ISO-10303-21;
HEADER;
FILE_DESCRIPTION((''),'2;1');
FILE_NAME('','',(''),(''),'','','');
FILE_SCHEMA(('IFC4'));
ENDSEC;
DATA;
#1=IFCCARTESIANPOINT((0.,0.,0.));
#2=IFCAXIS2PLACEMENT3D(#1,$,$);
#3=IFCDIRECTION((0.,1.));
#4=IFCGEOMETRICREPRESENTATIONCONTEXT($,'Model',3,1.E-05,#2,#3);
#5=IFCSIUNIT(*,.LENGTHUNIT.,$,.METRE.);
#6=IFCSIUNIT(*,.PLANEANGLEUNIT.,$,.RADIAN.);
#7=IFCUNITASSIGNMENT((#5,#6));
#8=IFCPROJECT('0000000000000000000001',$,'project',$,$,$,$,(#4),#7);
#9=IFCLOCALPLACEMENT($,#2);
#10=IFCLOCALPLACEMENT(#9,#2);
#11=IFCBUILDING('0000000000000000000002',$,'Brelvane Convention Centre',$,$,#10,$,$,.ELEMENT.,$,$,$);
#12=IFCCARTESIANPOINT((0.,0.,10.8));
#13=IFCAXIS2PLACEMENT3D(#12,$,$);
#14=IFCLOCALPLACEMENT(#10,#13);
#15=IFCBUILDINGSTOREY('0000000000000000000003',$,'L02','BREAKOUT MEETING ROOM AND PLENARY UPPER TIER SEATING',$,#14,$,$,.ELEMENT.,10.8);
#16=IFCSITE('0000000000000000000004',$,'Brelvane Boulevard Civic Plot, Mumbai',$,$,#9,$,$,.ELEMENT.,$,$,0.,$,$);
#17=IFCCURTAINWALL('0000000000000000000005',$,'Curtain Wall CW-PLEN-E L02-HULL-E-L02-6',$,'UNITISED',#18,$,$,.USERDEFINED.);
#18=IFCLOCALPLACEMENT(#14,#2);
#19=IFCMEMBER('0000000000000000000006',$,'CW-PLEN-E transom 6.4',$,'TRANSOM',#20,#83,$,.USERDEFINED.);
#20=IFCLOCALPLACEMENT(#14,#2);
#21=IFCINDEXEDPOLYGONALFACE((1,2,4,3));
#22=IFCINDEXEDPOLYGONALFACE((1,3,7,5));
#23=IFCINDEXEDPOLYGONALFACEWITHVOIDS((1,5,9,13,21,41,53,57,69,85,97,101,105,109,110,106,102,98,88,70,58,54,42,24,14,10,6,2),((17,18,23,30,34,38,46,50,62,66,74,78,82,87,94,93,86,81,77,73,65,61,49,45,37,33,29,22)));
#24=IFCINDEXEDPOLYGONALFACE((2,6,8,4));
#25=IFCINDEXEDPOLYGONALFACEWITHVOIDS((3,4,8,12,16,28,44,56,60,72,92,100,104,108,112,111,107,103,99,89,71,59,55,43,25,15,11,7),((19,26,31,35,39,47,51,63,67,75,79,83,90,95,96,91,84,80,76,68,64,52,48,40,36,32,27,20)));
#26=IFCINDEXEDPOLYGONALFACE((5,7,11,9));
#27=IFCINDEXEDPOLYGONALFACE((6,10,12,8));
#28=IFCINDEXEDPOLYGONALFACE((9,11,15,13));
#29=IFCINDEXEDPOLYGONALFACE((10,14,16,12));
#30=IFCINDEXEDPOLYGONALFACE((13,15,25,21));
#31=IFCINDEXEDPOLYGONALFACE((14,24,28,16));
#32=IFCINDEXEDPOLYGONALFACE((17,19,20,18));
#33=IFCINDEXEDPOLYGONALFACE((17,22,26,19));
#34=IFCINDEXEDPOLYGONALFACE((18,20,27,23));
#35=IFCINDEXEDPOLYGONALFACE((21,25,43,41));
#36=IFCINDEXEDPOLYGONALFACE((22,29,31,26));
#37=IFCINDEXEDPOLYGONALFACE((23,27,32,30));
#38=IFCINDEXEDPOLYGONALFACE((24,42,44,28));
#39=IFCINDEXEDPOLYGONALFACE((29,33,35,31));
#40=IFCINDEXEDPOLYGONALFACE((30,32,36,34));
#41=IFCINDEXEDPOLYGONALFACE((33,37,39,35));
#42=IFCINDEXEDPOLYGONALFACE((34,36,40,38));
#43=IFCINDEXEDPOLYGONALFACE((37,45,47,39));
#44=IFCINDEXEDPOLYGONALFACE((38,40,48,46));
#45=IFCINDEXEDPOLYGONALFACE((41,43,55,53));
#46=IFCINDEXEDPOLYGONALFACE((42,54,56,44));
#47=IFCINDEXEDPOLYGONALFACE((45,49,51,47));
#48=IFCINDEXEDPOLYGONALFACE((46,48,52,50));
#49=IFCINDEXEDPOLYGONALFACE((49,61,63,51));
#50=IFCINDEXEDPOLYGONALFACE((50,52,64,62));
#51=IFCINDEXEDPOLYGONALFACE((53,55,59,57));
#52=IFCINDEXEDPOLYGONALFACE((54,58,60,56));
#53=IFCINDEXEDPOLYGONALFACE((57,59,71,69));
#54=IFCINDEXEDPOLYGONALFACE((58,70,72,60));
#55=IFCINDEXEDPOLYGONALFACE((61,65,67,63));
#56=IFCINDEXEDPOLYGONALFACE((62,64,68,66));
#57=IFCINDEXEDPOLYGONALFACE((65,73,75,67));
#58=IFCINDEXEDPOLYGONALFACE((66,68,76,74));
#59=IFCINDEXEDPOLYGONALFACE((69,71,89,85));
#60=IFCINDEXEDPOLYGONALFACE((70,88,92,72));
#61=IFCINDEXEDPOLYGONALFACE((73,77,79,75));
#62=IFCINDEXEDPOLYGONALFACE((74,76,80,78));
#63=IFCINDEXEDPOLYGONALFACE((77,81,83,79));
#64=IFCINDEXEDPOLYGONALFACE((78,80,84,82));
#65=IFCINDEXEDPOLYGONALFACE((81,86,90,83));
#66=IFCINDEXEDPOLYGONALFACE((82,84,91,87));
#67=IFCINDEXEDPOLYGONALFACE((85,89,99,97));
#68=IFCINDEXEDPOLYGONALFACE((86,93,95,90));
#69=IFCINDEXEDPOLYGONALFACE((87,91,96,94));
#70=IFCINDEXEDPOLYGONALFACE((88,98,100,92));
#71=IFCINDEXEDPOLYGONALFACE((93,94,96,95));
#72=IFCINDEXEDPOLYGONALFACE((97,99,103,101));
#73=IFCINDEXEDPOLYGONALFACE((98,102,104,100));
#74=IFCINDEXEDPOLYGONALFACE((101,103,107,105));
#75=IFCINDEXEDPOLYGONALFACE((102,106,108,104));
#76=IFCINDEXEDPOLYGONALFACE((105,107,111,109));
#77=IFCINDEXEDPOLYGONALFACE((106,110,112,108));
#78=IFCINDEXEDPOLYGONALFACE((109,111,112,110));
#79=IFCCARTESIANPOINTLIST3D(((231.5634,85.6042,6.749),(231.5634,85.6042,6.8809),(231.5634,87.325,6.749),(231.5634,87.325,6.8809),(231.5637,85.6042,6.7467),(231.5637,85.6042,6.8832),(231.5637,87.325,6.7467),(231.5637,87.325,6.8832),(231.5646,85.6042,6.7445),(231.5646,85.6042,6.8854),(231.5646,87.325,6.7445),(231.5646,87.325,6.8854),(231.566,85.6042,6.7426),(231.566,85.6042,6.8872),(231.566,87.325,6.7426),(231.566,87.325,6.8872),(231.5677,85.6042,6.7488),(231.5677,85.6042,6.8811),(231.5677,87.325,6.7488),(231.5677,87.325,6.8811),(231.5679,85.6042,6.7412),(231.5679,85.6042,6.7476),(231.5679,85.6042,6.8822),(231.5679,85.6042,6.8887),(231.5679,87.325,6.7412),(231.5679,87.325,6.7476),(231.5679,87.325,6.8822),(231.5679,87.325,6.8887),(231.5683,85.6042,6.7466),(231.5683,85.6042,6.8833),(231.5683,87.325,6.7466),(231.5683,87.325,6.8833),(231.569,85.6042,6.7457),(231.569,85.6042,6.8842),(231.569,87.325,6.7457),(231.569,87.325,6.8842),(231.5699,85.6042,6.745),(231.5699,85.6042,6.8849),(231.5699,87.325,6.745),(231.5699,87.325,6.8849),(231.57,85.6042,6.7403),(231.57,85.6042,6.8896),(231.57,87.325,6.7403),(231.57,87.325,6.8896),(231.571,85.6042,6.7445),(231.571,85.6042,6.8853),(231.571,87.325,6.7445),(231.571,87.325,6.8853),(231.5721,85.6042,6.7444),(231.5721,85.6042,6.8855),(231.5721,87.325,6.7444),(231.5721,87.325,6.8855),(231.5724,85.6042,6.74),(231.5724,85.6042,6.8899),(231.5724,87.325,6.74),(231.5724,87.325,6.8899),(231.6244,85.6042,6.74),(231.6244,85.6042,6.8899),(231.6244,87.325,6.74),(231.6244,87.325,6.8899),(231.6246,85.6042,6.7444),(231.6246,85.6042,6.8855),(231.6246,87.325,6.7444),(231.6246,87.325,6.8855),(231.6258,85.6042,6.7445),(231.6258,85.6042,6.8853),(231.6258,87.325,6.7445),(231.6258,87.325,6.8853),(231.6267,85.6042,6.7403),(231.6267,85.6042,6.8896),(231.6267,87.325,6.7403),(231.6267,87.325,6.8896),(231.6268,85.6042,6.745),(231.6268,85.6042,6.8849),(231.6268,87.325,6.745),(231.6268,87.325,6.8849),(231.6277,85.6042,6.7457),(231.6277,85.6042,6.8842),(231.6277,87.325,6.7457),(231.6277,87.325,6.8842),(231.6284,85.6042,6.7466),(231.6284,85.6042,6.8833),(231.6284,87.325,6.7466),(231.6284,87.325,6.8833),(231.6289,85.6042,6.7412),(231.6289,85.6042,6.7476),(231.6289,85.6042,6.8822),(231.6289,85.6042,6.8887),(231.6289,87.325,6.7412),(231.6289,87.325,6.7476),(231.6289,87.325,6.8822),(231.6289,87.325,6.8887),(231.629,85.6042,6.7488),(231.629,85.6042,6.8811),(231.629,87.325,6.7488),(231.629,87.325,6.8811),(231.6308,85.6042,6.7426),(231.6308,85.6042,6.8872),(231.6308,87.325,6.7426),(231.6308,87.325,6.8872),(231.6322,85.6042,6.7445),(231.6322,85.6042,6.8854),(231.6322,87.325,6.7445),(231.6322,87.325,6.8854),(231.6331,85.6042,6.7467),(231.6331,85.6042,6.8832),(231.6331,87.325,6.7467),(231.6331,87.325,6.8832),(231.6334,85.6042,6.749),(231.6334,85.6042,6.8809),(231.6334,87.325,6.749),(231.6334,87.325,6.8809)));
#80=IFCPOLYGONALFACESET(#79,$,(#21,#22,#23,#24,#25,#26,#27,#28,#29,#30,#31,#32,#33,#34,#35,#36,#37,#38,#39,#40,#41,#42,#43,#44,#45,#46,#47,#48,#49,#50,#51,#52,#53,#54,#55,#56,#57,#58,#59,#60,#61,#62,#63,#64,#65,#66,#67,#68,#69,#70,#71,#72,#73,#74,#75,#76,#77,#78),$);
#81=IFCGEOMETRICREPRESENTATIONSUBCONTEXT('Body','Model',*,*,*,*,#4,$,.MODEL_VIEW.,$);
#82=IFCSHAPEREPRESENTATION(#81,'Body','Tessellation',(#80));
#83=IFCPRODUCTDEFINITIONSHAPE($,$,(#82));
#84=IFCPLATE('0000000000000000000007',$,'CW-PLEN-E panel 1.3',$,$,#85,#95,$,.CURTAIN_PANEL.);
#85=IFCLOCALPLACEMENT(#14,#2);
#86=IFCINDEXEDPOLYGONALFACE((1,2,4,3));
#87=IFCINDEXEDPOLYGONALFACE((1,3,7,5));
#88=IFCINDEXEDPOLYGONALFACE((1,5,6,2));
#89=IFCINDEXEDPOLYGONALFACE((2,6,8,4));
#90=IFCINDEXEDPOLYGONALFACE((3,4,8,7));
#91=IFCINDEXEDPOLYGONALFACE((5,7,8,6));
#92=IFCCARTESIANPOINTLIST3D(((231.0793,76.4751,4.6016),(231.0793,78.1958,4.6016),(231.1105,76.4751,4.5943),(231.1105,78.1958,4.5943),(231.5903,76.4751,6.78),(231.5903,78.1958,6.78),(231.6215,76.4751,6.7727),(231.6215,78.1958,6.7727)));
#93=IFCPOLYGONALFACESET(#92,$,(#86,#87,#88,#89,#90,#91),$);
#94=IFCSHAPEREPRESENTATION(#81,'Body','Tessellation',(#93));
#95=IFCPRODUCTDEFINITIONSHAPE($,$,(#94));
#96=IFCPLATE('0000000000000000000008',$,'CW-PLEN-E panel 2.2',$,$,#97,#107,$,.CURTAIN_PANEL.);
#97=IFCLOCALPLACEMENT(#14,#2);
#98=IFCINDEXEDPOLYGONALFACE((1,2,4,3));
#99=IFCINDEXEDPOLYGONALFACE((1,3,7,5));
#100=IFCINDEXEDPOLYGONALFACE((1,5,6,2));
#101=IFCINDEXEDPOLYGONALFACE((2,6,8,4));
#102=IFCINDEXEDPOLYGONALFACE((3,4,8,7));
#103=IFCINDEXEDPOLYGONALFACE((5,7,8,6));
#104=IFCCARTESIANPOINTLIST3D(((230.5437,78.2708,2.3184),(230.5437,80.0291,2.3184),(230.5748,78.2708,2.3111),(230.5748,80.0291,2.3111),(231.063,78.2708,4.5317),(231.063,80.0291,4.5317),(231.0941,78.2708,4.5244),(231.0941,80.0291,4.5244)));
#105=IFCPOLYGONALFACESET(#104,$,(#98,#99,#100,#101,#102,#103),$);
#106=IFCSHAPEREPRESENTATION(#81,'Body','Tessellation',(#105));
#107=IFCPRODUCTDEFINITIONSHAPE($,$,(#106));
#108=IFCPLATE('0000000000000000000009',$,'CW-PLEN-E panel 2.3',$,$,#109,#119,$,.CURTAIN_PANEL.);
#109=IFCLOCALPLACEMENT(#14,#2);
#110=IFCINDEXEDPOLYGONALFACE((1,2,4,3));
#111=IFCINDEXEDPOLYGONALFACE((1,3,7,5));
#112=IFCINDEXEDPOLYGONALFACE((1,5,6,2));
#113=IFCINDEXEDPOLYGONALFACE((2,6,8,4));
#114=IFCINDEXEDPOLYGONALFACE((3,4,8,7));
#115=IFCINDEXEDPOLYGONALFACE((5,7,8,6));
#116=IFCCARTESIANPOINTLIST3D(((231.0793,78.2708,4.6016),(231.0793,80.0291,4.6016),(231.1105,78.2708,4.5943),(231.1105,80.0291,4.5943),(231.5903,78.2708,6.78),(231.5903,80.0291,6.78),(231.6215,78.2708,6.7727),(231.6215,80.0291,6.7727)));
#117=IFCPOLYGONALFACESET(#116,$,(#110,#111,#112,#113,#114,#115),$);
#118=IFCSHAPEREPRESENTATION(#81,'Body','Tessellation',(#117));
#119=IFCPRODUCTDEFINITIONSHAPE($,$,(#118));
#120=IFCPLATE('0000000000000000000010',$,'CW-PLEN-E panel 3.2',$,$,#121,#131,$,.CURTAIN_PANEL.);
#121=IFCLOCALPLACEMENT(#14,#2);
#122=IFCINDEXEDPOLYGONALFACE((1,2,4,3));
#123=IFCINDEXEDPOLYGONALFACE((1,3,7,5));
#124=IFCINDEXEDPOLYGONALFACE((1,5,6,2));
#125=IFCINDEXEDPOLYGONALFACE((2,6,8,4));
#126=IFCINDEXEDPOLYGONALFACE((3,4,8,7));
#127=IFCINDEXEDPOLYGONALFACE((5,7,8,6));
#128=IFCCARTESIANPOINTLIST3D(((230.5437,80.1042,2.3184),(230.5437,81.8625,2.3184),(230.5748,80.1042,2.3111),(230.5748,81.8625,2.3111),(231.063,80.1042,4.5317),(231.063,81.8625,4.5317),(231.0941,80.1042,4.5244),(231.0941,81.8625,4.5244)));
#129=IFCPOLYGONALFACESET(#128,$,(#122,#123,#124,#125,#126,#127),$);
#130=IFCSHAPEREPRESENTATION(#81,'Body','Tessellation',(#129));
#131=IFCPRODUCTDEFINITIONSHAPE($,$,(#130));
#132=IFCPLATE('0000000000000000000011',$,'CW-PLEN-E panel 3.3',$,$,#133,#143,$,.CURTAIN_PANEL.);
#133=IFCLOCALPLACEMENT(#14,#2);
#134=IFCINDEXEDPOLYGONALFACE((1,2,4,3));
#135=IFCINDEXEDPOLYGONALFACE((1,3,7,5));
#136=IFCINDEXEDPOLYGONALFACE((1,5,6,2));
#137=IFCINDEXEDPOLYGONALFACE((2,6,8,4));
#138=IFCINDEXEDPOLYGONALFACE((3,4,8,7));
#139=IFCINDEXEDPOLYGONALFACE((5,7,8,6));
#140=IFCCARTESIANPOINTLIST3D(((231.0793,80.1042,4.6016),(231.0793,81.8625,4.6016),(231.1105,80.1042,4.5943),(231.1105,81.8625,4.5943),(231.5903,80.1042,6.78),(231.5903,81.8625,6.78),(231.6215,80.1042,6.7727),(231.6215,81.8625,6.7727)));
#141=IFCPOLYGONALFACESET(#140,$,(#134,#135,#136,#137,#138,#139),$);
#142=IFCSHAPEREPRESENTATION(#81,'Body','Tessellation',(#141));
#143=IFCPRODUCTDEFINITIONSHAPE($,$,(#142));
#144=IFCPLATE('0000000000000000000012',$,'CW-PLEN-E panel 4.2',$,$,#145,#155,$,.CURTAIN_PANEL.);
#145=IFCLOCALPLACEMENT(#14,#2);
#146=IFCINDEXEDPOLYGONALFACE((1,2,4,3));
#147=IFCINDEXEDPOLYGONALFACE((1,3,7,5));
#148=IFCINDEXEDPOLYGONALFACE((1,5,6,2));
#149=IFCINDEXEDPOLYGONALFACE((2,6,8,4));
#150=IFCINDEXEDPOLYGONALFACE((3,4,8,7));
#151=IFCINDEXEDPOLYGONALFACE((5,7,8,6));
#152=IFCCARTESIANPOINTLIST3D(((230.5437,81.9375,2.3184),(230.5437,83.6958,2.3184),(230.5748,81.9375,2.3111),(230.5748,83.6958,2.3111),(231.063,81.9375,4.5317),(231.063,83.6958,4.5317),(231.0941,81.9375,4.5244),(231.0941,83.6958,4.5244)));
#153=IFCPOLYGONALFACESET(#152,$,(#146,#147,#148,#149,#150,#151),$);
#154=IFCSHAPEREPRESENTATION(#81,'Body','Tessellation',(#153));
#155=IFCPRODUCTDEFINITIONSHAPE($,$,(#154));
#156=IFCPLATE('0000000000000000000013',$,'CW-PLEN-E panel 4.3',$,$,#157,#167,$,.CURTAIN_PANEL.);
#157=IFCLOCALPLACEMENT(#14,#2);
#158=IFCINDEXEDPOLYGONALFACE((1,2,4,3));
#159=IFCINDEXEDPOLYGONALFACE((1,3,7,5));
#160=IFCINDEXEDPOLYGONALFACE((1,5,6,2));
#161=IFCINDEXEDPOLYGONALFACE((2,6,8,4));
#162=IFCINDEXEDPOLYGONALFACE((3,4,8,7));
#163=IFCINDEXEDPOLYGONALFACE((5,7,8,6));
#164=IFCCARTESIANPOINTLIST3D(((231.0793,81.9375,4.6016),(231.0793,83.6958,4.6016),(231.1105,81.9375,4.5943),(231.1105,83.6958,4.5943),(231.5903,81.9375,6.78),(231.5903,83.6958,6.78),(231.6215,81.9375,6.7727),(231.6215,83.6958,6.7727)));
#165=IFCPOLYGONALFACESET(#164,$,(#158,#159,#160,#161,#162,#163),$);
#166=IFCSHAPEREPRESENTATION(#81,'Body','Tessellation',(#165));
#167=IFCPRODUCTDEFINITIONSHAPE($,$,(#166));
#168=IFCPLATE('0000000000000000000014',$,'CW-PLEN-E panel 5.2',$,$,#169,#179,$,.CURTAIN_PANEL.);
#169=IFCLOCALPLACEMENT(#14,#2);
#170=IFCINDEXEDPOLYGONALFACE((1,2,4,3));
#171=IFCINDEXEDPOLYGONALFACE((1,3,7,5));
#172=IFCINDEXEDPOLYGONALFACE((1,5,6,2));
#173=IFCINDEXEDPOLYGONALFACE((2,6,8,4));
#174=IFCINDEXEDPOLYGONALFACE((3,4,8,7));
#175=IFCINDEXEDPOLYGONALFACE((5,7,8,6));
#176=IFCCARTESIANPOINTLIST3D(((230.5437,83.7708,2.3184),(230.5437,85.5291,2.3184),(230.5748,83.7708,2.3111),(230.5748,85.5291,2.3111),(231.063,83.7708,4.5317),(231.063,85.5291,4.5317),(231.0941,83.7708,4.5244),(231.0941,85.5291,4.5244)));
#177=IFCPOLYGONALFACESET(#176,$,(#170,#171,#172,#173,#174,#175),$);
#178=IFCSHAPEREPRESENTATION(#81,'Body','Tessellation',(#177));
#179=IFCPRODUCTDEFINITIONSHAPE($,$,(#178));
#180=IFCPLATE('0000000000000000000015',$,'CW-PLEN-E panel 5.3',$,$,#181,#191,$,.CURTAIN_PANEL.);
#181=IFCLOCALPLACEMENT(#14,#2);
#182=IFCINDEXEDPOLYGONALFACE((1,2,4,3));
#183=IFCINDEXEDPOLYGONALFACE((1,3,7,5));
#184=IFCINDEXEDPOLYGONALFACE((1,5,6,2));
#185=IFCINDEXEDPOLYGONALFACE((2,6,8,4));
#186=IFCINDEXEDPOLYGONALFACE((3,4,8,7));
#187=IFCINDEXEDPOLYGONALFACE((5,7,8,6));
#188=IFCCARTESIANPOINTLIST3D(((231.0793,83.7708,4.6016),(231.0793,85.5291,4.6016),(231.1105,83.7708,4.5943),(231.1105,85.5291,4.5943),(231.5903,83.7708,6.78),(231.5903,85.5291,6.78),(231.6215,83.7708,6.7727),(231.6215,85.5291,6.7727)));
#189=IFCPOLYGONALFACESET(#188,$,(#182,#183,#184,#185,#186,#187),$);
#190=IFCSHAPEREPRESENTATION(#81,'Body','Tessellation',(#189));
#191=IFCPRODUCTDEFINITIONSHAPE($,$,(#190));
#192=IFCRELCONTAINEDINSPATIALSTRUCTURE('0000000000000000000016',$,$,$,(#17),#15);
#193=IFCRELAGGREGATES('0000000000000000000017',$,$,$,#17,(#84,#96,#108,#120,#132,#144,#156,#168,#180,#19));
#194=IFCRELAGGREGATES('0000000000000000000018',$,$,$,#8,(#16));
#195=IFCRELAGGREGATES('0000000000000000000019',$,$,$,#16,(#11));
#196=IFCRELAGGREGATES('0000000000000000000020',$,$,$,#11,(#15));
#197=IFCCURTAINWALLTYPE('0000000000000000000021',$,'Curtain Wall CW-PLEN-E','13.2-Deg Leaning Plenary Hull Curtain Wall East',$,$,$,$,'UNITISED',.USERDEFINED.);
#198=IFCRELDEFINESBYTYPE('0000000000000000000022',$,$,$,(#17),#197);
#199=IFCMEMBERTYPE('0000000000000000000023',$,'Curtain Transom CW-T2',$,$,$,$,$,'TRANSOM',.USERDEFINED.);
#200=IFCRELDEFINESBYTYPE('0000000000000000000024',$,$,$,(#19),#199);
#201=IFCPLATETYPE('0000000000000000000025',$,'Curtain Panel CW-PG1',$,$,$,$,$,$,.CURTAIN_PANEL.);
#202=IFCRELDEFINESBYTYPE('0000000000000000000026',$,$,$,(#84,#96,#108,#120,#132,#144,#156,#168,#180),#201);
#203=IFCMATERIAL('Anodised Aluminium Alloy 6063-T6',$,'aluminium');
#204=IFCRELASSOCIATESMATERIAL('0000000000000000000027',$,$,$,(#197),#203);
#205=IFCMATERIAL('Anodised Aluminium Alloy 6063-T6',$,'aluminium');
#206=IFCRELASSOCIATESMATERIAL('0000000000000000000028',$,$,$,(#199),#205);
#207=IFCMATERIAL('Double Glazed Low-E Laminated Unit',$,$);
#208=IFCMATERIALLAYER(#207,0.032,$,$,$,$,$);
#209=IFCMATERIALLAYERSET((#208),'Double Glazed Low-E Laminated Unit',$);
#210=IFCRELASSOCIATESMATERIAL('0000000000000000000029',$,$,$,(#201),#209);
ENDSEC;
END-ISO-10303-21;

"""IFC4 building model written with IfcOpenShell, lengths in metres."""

from ifc_helpers import new_model, si_unit, direction, frame, origin, origin_2d, place, context, subcontext, project, spatial, polyline, hollow_rectangle, outline, extrude, material, layer, layer_set, material_profile, profile_set, type_object, element, aggregate, save


model = new_model("IFC4")

# Units and contexts
model_context = context("Model", 3, precision=1e-05, world=origin(), true_north=direction((0.0, 1.0)))
body_context = subcontext(model_context, "Body", "Model", "MODEL_VIEW")
ifc_project = project(units=[si_unit("LENGTHUNIT", "METRE"), si_unit("PLANEANGLEUNIT", "RADIAN")], contexts=[model_context])

# Site, building, storey
site_placement = place(None, origin())
site = spatial("IfcSite", under=ifc_project, at=site_placement, Name="Brelvane Boulevard Civic Plot, Mumbai", CompositionType="ELEMENT", RefElevation=0.0)
building_placement = place(site_placement, origin())
building = spatial("IfcBuilding", under=site, at=building_placement, Name="Brelvane Convention Centre", CompositionType="ELEMENT")
storey_placement = place(building_placement, frame((0.0, 0.0, 10.8)))
storey = spatial("IfcBuildingStorey", under=building, at=storey_placement, Name="L02", Description="BREAKOUT MEETING ROOM AND PLENARY UPPER TIER SEATING", CompositionType="ELEMENT", Elevation=10.8)

# Curtain wall, member, plates
ifc_material_1 = material(Name="Anodised Aluminium Alloy 6063-T6", Category="aluminium")
curtain_wall_type = type_object("IfcCurtainWallType", Name="Curtain Wall CW-PLEN-E", Description="13.2-Deg Leaning Plenary Hull Curtain Wall East", ElementType="UNITISED", PredefinedType="USERDEFINED", material=ifc_material_1)
curtain_wall_placement = place(storey_placement, origin())
curtain_wall = element("IfcCurtainWall", 1, at=curtain_wall_placement, inside=storey, type_object=curtain_wall_type, Name="Curtain Wall CW-PLEN-E L02-HULL-E-L02-6", ObjectType="UNITISED", PredefinedType="USERDEFINED")
ifc_material_2 = material(Name="Anodised Aluminium Alloy 6063-T6", Category="aluminium")
ifc_material_profile = material_profile(ifc_material_2, hollow_rectangle(XDim=0.0701, YDim=0.1499, WallThickness=0.0044, InnerFilletRadius=0.0044, OuterFilletRadius=0.009, at=origin_2d()), Name="ALU-T 150x70x4.5")
ifc_profile_set = profile_set([ifc_material_profile], Name="Anodised Aluminium Alloy 6063-T6")
member_type = type_object("IfcMemberType", Name="Curtain Transom CW-T2", ElementType="TRANSOM", PredefinedType="USERDEFINED", material=ifc_profile_set)
member_1_placement = place(storey_placement, frame((231.5984, 85.6042, 6.8149), z_axis=(0.0, 1.0, 0.0), x_axis=(-1.0, 0.0, 0.0)))
member_1 = element("IfcMember", 2, at=member_1_placement, type_object=member_type, Name="CW-PLEN-E transom 6.4", ObjectType="TRANSOM", PredefinedType="USERDEFINED", context=body_context, shape_type="SweptSolid", body=[
    extrude(hollow_rectangle(XDim=0.0701, YDim=0.1499, WallThickness=0.0044, InnerFilletRadius=0.0044, OuterFilletRadius=0.009, at=origin_2d()), origin(), (0.0, 0.0, 1.0), 1.7207),
])
ifc_material_3 = material(Name="Double Glazed Low-E Laminated Unit")
ifc_layer_1 = layer(ifc_material_3, 0.032)
ifc_layer_set_1 = layer_set([ifc_layer_1], Name="Double Glazed Low-E Laminated Unit")
plate_type_1 = type_object("IfcPlateType", Name="Curtain Panel CW-PG1", PredefinedType="CURTAIN_PANEL", material=ifc_layer_set_1)
plate_1_placement = place(storey_placement, frame((231.0793, 76.4751, 4.6016), z_axis=(-0.973576, 0.0, 0.228364), x_axis=(0.0, 1.0, 0.0)))
plate_1 = element("IfcPlate", 3, at=plate_1_placement, type_object=plate_type_1, Name="CW-PLEN-E panel 1.3", PredefinedType="CURTAIN_PANEL", context=body_context, shape_type="SweptSolid", body=[
    extrude(outline(polyline([(0.0, 0.0), (1.7207, 0.0), (1.7207, -2.2376), (0.0, -2.2376), (0.0, 0.0)])), origin(), (0.0, 0.0, -1.0), 0.032),
])
plate_2_placement = place(storey_placement, frame((230.5437, 78.2708, 2.3184), z_axis=(-0.973565, 0.0, 0.228411), x_axis=(0.0, 1.0, 0.0)))
plate_2 = element("IfcPlate", 4, at=plate_2_placement, type_object=plate_type_1, Name="CW-PLEN-E panel 2.2", PredefinedType="CURTAIN_PANEL", context=body_context, shape_type="SweptSolid", body=[
    extrude(outline(polyline([(0.0, 0.0), (1.7583, 0.0), (1.7583, -2.2735), (0.0, -2.2735), (0.0, 0.0)])), origin(), (0.0, 0.0, -1.0), 0.032),
])
plate_3_placement = place(storey_placement, frame((231.0793, 78.2708, 4.6016), z_axis=(-0.973576, 0.0, 0.228364), x_axis=(0.0, 1.0, 0.0)))
plate_3 = element("IfcPlate", 5, at=plate_3_placement, type_object=plate_type_1, Name="CW-PLEN-E panel 2.3", PredefinedType="CURTAIN_PANEL", context=body_context, shape_type="SweptSolid", body=[
    extrude(outline(polyline([(0.0, 0.0), (1.7583, 0.0), (1.7583, -2.2376), (0.0, -2.2376), (0.0, 0.0)])), origin(), (0.0, 0.0, -1.0), 0.032),
])
plate_4_placement = place(storey_placement, frame((230.5437, 80.1042, 2.3184), z_axis=(-0.973565, 0.0, 0.228411), x_axis=(0.0, 1.0, 0.0)))
plate_4 = element("IfcPlate", 6, at=plate_4_placement, type_object=plate_type_1, Name="CW-PLEN-E panel 3.2", PredefinedType="CURTAIN_PANEL", context=body_context, shape_type="SweptSolid", body=[
    extrude(outline(polyline([(0.0, 0.0), (1.7583, 0.0), (1.7583, -2.2735), (0.0, -2.2735), (0.0, 0.0)])), origin(), (0.0, 0.0, -1.0), 0.032),
])
plate_5_placement = place(storey_placement, frame((231.0793, 80.1042, 4.6016), z_axis=(-0.973576, 0.0, 0.228364), x_axis=(0.0, 1.0, 0.0)))
plate_5 = element("IfcPlate", 7, at=plate_5_placement, type_object=plate_type_1, Name="CW-PLEN-E panel 3.3", PredefinedType="CURTAIN_PANEL", context=body_context, shape_type="SweptSolid", body=[
    extrude(outline(polyline([(0.0, 0.0), (1.7583, 0.0), (1.7583, -2.2376), (0.0, -2.2376), (0.0, 0.0)])), origin(), (0.0, 0.0, -1.0), 0.032),
])
plate_6_placement = place(storey_placement, frame((230.5437, 81.9375, 2.3184), z_axis=(-0.973565, 0.0, 0.228411), x_axis=(0.0, 1.0, 0.0)))
plate_6 = element("IfcPlate", 8, at=plate_6_placement, type_object=plate_type_1, Name="CW-PLEN-E panel 4.2", PredefinedType="CURTAIN_PANEL", context=body_context, shape_type="SweptSolid", body=[
    extrude(outline(polyline([(0.0, 0.0), (1.7583, 0.0), (1.7583, -2.2735), (0.0, -2.2735), (0.0, 0.0)])), origin(), (0.0, 0.0, -1.0), 0.032),
])
plate_7_placement = place(storey_placement, frame((231.0793, 81.9375, 4.6016), z_axis=(-0.973576, 0.0, 0.228364), x_axis=(0.0, 1.0, 0.0)))
plate_7 = element("IfcPlate", 9, at=plate_7_placement, type_object=plate_type_1, Name="CW-PLEN-E panel 4.3", PredefinedType="CURTAIN_PANEL", context=body_context, shape_type="SweptSolid", body=[
    extrude(outline(polyline([(0.0, 0.0), (1.7583, 0.0), (1.7583, -2.2376), (0.0, -2.2376), (0.0, 0.0)])), origin(), (0.0, 0.0, -1.0), 0.032),
])
plate_8_placement = place(storey_placement, frame((230.5437, 83.7708, 2.3184), z_axis=(-0.973565, 0.0, 0.228411), x_axis=(0.0, 1.0, 0.0)))
plate_8 = element("IfcPlate", 10, at=plate_8_placement, type_object=plate_type_1, Name="CW-PLEN-E panel 5.2", PredefinedType="CURTAIN_PANEL", context=body_context, shape_type="SweptSolid", body=[
    extrude(outline(polyline([(0.0, 0.0), (1.7583, 0.0), (1.7583, -2.2735), (0.0, -2.2735), (0.0, 0.0)])), origin(), (0.0, 0.0, -1.0), 0.032),
])
plate_9_placement = place(storey_placement, frame((231.0793, 83.7708, 4.6016), z_axis=(-0.973576, 0.0, 0.228364), x_axis=(0.0, 1.0, 0.0)))
plate_9 = element("IfcPlate", 11, at=plate_9_placement, type_object=plate_type_1, Name="CW-PLEN-E panel 5.3", PredefinedType="CURTAIN_PANEL", context=body_context, shape_type="SweptSolid", body=[
    extrude(outline(polyline([(0.0, 0.0), (1.7583, 0.0), (1.7583, -2.2376), (0.0, -2.2376), (0.0, 0.0)])), origin(), (0.0, 0.0, -1.0), 0.032),
])
aggregate(curtain_wall, [plate_1, plate_2, plate_3, plate_4, plate_5, plate_6, plate_7, plate_8, plate_9, member_1])

save(model, "model.ifc")
